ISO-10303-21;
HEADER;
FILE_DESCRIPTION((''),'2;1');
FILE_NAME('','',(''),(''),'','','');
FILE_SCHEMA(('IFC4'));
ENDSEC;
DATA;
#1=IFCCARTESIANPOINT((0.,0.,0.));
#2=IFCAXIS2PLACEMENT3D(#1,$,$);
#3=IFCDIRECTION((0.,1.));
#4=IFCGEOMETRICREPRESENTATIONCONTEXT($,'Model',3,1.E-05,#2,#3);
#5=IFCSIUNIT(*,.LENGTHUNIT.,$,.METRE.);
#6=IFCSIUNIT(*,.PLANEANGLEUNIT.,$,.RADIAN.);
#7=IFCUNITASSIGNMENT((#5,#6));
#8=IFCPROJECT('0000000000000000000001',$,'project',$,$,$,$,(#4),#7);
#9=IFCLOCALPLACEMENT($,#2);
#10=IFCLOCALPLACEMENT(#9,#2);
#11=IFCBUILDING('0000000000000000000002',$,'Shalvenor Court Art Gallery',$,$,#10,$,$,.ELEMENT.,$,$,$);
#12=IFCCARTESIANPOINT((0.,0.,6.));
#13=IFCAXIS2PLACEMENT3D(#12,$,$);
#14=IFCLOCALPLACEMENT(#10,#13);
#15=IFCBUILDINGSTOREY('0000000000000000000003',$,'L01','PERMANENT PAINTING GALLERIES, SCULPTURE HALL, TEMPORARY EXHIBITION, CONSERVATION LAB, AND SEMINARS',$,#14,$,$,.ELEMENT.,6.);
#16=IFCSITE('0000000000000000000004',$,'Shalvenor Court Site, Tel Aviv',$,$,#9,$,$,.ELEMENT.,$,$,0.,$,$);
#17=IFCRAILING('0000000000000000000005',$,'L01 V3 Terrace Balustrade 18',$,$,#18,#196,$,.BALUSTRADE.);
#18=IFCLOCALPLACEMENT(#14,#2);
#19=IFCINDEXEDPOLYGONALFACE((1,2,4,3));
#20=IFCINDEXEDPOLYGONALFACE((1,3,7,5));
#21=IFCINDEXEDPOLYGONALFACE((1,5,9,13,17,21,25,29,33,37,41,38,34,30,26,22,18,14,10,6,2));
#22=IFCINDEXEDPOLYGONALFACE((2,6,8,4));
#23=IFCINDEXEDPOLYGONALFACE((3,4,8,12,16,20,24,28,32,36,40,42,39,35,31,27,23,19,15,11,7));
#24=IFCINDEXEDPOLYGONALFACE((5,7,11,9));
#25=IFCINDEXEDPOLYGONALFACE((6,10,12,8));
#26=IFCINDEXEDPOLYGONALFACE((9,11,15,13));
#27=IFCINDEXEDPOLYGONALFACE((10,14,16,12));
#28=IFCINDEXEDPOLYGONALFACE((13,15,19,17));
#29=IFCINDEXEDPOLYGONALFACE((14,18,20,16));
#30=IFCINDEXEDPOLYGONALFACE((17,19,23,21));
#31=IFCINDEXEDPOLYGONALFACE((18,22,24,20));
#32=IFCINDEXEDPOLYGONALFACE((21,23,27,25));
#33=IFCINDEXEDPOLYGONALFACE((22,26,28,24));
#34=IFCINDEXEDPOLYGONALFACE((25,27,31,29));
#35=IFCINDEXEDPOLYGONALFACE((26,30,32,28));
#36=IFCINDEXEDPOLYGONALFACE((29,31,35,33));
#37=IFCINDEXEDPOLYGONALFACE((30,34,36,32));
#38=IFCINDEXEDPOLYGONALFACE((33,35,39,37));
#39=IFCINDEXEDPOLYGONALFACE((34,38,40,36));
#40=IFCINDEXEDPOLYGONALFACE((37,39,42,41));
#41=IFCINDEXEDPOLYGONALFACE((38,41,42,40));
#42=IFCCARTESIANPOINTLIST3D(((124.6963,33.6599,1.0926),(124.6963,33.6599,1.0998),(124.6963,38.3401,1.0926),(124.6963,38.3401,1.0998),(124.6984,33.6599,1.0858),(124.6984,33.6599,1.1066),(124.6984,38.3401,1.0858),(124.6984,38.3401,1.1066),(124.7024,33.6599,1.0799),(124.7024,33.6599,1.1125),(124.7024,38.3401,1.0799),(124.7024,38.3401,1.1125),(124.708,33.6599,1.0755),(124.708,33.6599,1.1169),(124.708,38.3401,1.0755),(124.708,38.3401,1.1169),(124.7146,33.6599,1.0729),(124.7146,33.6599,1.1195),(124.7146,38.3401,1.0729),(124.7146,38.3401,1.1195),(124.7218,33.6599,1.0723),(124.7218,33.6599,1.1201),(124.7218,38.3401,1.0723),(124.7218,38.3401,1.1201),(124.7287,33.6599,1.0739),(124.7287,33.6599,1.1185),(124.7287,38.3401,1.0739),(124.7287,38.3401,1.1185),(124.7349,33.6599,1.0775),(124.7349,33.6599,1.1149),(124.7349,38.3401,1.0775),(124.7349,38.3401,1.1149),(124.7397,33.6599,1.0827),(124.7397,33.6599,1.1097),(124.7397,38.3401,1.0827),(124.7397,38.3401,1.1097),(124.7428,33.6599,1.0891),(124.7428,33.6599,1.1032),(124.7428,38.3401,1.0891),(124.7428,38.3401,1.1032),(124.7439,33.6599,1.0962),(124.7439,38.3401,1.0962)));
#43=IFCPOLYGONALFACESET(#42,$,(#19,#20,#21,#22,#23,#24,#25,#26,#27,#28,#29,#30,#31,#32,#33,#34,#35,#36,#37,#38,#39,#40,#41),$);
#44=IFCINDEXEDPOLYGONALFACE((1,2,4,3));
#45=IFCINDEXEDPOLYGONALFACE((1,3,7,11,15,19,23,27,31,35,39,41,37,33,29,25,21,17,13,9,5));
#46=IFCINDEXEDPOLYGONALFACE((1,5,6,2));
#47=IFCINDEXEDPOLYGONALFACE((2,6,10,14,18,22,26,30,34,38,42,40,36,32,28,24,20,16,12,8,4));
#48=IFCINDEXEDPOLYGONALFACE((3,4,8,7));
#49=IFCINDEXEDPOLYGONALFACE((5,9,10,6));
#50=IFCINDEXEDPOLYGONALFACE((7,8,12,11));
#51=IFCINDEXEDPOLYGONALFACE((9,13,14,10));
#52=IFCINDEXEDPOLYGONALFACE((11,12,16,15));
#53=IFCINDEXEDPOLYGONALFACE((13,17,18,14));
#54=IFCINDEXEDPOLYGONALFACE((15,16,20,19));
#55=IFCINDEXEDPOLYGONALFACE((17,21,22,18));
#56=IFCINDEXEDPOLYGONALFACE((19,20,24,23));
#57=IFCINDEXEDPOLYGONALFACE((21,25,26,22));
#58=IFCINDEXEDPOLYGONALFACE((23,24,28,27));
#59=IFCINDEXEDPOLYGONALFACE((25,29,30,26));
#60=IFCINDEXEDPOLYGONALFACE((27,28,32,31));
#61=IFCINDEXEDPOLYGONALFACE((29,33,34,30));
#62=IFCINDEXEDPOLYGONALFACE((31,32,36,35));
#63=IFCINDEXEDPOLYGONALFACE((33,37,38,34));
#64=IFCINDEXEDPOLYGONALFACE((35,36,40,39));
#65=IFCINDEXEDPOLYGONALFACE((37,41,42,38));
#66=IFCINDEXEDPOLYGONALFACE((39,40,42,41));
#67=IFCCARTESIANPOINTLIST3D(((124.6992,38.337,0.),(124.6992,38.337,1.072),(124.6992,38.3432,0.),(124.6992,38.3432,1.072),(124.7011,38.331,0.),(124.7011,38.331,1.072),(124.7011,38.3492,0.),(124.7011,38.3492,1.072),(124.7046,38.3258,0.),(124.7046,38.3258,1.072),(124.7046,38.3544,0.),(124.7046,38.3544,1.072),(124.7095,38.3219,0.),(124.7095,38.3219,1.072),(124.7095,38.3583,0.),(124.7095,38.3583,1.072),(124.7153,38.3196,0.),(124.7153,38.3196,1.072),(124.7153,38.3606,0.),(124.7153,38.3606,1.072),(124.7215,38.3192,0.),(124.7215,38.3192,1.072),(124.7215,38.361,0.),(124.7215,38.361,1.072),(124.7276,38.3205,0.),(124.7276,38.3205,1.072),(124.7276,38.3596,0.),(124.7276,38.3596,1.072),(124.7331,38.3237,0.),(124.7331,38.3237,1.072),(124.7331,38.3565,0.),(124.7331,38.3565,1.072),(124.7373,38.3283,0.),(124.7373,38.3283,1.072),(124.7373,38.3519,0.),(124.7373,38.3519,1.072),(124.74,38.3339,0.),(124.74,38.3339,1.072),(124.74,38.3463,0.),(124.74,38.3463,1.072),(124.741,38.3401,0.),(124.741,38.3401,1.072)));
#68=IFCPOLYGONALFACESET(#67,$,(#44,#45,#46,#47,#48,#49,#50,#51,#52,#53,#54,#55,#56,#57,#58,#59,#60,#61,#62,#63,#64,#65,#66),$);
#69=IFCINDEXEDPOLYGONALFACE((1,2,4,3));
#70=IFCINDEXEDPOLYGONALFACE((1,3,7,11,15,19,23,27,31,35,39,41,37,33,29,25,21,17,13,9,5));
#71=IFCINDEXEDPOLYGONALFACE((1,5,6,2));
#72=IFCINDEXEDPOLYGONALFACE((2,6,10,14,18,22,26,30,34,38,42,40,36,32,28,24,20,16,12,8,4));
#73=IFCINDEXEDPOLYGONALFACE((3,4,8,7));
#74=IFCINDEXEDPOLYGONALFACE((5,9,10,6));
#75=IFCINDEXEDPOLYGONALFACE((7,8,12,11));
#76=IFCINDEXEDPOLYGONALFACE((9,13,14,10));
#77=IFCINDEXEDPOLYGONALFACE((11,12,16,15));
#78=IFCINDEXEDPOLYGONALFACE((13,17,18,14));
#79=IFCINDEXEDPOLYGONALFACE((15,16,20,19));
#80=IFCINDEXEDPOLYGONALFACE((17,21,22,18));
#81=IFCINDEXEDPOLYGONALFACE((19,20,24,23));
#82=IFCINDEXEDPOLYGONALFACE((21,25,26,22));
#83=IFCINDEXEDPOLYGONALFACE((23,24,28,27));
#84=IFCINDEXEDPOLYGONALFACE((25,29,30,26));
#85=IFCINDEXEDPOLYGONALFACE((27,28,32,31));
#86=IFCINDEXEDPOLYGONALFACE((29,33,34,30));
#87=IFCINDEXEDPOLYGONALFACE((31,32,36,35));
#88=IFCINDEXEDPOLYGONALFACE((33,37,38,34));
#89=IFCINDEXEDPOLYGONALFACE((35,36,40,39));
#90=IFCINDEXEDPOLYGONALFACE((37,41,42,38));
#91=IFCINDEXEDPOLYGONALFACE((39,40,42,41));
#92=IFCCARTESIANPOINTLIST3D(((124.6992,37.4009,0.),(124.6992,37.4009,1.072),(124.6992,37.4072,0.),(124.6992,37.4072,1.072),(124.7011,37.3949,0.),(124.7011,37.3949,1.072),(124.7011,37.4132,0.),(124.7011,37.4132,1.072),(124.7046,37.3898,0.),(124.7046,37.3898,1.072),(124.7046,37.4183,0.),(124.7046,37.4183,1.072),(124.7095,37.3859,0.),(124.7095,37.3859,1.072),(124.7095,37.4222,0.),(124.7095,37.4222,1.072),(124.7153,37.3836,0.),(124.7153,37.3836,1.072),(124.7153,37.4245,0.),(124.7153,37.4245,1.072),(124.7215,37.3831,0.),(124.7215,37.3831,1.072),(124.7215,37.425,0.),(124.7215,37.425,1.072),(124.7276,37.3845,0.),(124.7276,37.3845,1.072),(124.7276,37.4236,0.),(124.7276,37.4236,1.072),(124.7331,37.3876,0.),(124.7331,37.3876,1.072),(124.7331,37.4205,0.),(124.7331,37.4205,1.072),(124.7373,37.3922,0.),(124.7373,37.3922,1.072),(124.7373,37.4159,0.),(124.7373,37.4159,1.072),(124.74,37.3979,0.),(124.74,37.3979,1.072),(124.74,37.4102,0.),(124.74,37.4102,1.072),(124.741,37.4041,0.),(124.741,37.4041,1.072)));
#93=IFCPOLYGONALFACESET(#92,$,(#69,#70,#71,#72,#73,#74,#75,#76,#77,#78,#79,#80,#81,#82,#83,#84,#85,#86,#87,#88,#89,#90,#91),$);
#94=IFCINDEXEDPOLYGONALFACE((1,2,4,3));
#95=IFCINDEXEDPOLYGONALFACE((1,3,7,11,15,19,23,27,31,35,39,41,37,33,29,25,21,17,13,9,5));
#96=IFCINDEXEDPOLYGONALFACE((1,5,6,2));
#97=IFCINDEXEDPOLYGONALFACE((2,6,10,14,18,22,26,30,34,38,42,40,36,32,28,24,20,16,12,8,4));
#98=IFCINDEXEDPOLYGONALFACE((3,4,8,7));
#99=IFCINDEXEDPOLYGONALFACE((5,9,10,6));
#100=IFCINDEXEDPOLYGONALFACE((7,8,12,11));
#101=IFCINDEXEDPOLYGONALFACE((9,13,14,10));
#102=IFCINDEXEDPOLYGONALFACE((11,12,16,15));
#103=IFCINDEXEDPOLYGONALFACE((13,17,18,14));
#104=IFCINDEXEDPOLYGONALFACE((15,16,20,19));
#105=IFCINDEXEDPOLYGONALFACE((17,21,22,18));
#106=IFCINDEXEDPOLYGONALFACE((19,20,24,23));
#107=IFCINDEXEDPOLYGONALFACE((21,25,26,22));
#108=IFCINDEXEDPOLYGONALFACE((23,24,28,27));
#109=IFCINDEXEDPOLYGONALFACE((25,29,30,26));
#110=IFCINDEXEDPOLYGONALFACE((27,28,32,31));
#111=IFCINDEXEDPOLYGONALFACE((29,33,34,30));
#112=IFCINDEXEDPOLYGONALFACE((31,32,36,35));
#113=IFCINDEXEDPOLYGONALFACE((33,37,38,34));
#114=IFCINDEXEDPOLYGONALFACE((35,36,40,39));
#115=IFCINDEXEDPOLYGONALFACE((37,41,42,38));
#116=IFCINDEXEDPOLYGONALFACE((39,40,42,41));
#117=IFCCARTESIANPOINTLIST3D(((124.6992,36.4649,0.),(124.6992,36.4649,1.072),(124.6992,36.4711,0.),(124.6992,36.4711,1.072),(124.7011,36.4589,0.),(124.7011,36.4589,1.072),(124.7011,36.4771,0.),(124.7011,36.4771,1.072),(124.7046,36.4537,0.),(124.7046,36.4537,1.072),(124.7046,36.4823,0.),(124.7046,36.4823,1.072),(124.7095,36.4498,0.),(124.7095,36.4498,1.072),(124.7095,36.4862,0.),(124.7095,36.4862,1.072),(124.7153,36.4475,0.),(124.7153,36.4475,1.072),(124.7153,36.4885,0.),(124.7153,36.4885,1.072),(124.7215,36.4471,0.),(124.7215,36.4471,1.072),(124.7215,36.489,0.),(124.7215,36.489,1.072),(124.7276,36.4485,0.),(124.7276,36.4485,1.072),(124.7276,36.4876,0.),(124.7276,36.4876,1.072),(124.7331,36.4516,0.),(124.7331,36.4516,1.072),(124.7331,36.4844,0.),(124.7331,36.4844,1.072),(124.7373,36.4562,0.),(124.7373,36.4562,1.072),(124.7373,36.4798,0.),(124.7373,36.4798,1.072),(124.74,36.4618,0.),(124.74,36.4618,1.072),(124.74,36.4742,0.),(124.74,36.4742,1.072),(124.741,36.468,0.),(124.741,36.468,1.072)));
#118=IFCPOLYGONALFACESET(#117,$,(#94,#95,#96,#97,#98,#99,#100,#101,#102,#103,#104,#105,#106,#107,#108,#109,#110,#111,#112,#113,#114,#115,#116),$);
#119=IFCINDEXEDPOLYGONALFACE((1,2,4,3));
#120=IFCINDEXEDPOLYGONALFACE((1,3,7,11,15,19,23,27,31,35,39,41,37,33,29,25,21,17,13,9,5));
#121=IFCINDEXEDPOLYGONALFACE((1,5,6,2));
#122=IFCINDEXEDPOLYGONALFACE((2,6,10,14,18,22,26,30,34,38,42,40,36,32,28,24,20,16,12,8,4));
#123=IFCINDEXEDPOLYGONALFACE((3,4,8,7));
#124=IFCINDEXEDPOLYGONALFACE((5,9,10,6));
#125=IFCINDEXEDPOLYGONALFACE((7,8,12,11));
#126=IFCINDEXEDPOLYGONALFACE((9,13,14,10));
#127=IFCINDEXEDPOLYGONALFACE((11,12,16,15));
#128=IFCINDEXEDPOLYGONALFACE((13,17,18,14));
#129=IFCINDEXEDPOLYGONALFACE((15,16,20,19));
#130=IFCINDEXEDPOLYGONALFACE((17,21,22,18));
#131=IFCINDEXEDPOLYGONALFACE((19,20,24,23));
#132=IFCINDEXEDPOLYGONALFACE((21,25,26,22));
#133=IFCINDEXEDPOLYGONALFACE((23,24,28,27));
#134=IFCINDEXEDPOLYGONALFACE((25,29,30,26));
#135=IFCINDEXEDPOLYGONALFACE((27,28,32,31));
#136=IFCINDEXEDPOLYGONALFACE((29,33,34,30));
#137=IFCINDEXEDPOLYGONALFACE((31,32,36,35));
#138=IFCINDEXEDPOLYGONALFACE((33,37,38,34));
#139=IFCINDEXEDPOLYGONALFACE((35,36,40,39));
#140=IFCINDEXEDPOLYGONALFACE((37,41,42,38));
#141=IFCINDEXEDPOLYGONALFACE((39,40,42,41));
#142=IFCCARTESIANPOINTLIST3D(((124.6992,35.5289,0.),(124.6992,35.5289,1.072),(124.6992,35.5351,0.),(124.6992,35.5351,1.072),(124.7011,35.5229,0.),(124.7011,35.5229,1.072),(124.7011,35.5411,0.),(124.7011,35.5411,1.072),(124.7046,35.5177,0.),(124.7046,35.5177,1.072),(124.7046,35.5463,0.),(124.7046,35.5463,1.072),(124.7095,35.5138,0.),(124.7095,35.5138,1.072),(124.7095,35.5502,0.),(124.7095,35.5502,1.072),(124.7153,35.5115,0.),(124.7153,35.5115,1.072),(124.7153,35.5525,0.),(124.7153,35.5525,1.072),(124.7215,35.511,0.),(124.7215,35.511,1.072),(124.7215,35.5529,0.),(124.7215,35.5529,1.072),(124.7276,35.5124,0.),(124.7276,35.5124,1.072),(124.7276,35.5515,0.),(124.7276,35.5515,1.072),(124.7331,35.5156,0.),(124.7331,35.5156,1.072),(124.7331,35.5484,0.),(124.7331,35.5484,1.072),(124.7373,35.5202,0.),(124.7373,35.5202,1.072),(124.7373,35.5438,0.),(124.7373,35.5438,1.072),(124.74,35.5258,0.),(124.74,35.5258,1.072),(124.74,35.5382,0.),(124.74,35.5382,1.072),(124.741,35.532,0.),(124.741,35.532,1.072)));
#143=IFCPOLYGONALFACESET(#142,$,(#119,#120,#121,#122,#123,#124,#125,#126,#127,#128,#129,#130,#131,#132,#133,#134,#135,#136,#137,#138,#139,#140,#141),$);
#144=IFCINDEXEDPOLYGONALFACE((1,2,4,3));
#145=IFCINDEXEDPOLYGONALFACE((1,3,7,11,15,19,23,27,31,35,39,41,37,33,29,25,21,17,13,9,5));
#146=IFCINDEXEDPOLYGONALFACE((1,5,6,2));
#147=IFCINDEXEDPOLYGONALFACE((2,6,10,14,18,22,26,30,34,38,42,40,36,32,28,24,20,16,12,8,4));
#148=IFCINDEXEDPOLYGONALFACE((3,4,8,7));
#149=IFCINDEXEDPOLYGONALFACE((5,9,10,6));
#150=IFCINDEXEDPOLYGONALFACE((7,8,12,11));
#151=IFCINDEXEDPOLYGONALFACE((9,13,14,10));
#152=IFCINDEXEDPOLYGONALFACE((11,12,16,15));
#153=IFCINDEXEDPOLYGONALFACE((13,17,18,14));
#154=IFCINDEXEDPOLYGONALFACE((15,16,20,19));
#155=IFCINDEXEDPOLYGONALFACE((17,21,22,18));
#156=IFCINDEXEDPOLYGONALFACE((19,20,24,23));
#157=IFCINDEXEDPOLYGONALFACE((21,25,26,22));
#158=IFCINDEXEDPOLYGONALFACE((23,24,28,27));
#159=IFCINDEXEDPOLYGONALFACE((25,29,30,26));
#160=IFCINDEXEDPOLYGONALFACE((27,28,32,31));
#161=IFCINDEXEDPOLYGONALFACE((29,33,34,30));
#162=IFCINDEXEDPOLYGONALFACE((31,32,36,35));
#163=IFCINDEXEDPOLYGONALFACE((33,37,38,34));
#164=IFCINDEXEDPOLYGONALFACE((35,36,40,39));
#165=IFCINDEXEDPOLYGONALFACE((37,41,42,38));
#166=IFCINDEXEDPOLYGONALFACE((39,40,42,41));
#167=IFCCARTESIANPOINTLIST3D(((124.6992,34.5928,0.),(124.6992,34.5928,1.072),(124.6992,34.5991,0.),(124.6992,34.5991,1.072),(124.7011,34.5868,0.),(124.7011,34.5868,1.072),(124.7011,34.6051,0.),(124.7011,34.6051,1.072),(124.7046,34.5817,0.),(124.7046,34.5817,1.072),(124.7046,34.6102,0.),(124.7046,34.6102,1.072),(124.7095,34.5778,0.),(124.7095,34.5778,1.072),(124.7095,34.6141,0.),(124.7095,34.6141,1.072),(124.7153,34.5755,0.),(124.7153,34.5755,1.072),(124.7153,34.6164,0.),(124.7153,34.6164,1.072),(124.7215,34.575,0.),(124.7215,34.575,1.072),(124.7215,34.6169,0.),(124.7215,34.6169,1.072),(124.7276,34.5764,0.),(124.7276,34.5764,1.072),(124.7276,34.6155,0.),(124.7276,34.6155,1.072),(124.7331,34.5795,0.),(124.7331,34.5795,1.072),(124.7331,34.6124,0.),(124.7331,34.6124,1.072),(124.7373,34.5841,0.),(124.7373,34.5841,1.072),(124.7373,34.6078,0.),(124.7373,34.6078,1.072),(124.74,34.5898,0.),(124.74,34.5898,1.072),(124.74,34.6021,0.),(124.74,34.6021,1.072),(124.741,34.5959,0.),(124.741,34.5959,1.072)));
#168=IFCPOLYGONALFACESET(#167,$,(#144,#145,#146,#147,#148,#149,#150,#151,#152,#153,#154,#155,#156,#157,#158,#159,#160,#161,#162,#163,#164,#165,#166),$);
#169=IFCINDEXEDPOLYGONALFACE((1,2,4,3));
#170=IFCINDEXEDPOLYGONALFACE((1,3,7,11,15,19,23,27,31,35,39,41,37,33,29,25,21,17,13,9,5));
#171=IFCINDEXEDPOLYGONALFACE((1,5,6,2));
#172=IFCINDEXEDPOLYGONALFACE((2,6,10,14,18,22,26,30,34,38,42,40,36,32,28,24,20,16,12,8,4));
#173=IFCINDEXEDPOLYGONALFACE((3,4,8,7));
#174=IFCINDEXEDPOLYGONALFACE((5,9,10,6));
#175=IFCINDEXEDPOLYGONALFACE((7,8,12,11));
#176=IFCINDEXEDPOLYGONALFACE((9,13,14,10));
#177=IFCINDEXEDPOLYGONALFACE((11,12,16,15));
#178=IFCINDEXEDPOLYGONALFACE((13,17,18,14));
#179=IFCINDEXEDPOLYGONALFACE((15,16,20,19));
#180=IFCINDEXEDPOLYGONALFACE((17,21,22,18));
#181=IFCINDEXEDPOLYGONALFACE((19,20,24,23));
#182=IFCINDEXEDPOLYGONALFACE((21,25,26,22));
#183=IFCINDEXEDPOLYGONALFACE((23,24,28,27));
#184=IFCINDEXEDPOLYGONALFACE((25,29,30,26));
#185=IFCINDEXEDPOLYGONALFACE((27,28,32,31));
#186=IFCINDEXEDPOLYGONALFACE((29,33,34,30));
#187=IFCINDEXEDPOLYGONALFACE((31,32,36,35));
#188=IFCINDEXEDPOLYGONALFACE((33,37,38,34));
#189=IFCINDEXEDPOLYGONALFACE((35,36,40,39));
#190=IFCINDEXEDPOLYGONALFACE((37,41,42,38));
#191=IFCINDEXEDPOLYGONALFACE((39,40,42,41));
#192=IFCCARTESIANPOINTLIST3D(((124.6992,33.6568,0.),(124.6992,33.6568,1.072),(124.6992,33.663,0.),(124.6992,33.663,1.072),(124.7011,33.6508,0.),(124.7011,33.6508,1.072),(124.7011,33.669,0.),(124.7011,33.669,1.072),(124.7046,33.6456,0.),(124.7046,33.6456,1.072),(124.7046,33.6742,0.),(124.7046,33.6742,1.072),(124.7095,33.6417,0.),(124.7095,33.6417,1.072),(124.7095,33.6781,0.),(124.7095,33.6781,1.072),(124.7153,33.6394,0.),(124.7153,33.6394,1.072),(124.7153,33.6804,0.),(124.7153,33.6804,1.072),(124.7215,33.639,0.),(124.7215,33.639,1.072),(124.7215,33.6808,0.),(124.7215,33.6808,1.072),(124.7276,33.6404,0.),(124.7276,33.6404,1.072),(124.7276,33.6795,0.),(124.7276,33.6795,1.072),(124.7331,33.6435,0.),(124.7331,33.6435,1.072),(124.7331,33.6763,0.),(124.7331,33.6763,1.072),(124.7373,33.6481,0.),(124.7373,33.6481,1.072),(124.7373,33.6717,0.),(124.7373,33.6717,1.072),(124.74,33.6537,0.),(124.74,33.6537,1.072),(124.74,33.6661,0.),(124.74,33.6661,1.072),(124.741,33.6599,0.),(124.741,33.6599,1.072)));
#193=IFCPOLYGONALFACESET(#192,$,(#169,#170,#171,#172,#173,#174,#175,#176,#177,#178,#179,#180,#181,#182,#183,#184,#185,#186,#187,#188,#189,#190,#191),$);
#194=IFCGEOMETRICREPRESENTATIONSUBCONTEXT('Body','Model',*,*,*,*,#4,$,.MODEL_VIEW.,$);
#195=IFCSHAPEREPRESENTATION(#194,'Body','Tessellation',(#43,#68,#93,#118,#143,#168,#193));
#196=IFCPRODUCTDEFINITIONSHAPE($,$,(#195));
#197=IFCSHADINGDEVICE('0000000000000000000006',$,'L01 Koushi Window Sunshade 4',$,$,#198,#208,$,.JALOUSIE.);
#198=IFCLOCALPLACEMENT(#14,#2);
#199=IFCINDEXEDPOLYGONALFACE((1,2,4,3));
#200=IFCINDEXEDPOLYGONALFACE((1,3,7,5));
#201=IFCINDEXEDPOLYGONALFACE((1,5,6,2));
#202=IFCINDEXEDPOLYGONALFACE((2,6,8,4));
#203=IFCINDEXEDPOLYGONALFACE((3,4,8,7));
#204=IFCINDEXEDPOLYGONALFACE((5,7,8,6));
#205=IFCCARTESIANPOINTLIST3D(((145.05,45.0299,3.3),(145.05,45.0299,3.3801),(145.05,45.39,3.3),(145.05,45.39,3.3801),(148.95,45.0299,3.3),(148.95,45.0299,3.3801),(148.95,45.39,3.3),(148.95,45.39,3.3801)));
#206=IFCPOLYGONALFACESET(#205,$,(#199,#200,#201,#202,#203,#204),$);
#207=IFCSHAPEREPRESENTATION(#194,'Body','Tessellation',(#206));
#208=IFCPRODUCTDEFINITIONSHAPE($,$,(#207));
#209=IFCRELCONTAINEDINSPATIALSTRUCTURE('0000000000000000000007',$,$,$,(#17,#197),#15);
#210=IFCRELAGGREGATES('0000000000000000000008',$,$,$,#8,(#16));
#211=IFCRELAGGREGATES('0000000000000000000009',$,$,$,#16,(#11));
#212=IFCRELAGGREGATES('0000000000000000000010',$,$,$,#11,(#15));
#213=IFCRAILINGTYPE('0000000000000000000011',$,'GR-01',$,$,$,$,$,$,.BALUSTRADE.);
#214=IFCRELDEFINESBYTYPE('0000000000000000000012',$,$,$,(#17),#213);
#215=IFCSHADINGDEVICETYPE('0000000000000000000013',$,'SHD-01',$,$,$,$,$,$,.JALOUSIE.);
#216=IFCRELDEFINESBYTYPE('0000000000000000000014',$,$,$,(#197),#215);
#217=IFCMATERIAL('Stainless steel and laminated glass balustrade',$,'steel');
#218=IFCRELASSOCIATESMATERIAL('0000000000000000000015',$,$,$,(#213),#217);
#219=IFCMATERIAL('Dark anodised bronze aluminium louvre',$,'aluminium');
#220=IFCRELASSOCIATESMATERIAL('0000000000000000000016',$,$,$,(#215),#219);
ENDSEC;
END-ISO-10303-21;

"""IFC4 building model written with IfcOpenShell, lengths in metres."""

from ifc_helpers import new_model, si_unit, direction, frame, origin, origin_2d, place, context, subcontext, project, spatial, rectangle, circle, extrude, material, type_object, element, save


model = new_model("IFC4")

# Units and contexts
model_context = context("Model", 3, precision=1e-05, world=origin(), true_north=direction((0.0, 1.0)))
body_context = subcontext(model_context, "Body", "Model", "MODEL_VIEW")
ifc_project = project(units=[si_unit("LENGTHUNIT", "METRE"), si_unit("PLANEANGLEUNIT", "RADIAN")], contexts=[model_context])

# Site, building, storey
site_placement = place(None, origin())
site = spatial("IfcSite", under=ifc_project, at=site_placement, Name="Shalvenor Court Site, Tel Aviv", CompositionType="ELEMENT", RefElevation=0.0)
building_placement = place(site_placement, origin())
building = spatial("IfcBuilding", under=site, at=building_placement, Name="Shalvenor Court Art Gallery", CompositionType="ELEMENT")
storey_placement = place(building_placement, frame((0.0, 0.0, 6.0)))
storey = spatial("IfcBuildingStorey", under=building, at=storey_placement, Name="L01", Description="PERMANENT PAINTING GALLERIES, SCULPTURE HALL, TEMPORARY EXHIBITION, CONSERVATION LAB, AND SEMINARS", CompositionType="ELEMENT", Elevation=6.0)

# Railing
ifc_material_1 = material(Name="Stainless steel and laminated glass balustrade", Category="steel")
railing_type = type_object("IfcRailingType", Name="GR-01", PredefinedType="BALUSTRADE", material=ifc_material_1)
railing_placement = place(storey_placement, frame((124.72, 38.3401, 0.0)))
element("IfcRailing", 1, at=railing_placement, inside=storey, type_object=railing_type, Name="L01 V3 Terrace Balustrade 18", PredefinedType="BALUSTRADE", context=body_context, shape_type="SweptSolid", body=[
    extrude(circle(Radius=0.0239, at=origin_2d()), frame((0.0, 0.0, 1.0962), z_axis=(0.0, -1.0, 0.0), x_axis=(1.0, 0.0, 0.0)), (0.0, 0.0, 1.0), 4.6802),
    extrude(circle(Radius=0.021, at=origin_2d()), origin(), (0.0, 0.0, 1.0), 1.072),
    extrude(circle(Radius=0.021, at=origin_2d()), frame((0.0, -0.936, 0.0)), (0.0, 0.0, 1.0), 1.072),
    extrude(circle(Radius=0.021, at=origin_2d()), frame((0.0, -1.8721, 0.0)), (0.0, 0.0, 1.0), 1.072),
    extrude(circle(Radius=0.021, at=origin_2d()), frame((0.0, -2.8081, 0.0)), (0.0, 0.0, 1.0), 1.072),
    extrude(circle(Radius=0.021, at=origin_2d()), frame((0.0, -3.7441, 0.0)), (0.0, 0.0, 1.0), 1.072),
    extrude(circle(Radius=0.021, at=origin_2d()), frame((0.0, -4.6802, 0.0)), (0.0, 0.0, 1.0), 1.072),
])

# Shading device
ifc_material_2 = material(Name="Dark anodised bronze aluminium louvre", Category="aluminium")
shading_device_type = type_object("IfcShadingDeviceType", Name="SHD-01", PredefinedType="JALOUSIE", material=ifc_material_2)
shading_device_placement = place(storey_placement, frame((147.0, 45.21, 3.3), z_axis=(0.0, 0.0, 1.0), x_axis=(-1.0, 0.0, 0.0)))
element("IfcShadingDevice", 2, at=shading_device_placement, inside=storey, type_object=shading_device_type, Name="L01 Koushi Window Sunshade 4", PredefinedType="JALOUSIE", context=body_context, shape_type="SweptSolid", body=[
    extrude(rectangle(XDim=3.8999, YDim=0.3601, at=origin_2d()), origin(), (0.0, 0.0, 1.0), 0.0801),
])

save(model, "model.ifc")
